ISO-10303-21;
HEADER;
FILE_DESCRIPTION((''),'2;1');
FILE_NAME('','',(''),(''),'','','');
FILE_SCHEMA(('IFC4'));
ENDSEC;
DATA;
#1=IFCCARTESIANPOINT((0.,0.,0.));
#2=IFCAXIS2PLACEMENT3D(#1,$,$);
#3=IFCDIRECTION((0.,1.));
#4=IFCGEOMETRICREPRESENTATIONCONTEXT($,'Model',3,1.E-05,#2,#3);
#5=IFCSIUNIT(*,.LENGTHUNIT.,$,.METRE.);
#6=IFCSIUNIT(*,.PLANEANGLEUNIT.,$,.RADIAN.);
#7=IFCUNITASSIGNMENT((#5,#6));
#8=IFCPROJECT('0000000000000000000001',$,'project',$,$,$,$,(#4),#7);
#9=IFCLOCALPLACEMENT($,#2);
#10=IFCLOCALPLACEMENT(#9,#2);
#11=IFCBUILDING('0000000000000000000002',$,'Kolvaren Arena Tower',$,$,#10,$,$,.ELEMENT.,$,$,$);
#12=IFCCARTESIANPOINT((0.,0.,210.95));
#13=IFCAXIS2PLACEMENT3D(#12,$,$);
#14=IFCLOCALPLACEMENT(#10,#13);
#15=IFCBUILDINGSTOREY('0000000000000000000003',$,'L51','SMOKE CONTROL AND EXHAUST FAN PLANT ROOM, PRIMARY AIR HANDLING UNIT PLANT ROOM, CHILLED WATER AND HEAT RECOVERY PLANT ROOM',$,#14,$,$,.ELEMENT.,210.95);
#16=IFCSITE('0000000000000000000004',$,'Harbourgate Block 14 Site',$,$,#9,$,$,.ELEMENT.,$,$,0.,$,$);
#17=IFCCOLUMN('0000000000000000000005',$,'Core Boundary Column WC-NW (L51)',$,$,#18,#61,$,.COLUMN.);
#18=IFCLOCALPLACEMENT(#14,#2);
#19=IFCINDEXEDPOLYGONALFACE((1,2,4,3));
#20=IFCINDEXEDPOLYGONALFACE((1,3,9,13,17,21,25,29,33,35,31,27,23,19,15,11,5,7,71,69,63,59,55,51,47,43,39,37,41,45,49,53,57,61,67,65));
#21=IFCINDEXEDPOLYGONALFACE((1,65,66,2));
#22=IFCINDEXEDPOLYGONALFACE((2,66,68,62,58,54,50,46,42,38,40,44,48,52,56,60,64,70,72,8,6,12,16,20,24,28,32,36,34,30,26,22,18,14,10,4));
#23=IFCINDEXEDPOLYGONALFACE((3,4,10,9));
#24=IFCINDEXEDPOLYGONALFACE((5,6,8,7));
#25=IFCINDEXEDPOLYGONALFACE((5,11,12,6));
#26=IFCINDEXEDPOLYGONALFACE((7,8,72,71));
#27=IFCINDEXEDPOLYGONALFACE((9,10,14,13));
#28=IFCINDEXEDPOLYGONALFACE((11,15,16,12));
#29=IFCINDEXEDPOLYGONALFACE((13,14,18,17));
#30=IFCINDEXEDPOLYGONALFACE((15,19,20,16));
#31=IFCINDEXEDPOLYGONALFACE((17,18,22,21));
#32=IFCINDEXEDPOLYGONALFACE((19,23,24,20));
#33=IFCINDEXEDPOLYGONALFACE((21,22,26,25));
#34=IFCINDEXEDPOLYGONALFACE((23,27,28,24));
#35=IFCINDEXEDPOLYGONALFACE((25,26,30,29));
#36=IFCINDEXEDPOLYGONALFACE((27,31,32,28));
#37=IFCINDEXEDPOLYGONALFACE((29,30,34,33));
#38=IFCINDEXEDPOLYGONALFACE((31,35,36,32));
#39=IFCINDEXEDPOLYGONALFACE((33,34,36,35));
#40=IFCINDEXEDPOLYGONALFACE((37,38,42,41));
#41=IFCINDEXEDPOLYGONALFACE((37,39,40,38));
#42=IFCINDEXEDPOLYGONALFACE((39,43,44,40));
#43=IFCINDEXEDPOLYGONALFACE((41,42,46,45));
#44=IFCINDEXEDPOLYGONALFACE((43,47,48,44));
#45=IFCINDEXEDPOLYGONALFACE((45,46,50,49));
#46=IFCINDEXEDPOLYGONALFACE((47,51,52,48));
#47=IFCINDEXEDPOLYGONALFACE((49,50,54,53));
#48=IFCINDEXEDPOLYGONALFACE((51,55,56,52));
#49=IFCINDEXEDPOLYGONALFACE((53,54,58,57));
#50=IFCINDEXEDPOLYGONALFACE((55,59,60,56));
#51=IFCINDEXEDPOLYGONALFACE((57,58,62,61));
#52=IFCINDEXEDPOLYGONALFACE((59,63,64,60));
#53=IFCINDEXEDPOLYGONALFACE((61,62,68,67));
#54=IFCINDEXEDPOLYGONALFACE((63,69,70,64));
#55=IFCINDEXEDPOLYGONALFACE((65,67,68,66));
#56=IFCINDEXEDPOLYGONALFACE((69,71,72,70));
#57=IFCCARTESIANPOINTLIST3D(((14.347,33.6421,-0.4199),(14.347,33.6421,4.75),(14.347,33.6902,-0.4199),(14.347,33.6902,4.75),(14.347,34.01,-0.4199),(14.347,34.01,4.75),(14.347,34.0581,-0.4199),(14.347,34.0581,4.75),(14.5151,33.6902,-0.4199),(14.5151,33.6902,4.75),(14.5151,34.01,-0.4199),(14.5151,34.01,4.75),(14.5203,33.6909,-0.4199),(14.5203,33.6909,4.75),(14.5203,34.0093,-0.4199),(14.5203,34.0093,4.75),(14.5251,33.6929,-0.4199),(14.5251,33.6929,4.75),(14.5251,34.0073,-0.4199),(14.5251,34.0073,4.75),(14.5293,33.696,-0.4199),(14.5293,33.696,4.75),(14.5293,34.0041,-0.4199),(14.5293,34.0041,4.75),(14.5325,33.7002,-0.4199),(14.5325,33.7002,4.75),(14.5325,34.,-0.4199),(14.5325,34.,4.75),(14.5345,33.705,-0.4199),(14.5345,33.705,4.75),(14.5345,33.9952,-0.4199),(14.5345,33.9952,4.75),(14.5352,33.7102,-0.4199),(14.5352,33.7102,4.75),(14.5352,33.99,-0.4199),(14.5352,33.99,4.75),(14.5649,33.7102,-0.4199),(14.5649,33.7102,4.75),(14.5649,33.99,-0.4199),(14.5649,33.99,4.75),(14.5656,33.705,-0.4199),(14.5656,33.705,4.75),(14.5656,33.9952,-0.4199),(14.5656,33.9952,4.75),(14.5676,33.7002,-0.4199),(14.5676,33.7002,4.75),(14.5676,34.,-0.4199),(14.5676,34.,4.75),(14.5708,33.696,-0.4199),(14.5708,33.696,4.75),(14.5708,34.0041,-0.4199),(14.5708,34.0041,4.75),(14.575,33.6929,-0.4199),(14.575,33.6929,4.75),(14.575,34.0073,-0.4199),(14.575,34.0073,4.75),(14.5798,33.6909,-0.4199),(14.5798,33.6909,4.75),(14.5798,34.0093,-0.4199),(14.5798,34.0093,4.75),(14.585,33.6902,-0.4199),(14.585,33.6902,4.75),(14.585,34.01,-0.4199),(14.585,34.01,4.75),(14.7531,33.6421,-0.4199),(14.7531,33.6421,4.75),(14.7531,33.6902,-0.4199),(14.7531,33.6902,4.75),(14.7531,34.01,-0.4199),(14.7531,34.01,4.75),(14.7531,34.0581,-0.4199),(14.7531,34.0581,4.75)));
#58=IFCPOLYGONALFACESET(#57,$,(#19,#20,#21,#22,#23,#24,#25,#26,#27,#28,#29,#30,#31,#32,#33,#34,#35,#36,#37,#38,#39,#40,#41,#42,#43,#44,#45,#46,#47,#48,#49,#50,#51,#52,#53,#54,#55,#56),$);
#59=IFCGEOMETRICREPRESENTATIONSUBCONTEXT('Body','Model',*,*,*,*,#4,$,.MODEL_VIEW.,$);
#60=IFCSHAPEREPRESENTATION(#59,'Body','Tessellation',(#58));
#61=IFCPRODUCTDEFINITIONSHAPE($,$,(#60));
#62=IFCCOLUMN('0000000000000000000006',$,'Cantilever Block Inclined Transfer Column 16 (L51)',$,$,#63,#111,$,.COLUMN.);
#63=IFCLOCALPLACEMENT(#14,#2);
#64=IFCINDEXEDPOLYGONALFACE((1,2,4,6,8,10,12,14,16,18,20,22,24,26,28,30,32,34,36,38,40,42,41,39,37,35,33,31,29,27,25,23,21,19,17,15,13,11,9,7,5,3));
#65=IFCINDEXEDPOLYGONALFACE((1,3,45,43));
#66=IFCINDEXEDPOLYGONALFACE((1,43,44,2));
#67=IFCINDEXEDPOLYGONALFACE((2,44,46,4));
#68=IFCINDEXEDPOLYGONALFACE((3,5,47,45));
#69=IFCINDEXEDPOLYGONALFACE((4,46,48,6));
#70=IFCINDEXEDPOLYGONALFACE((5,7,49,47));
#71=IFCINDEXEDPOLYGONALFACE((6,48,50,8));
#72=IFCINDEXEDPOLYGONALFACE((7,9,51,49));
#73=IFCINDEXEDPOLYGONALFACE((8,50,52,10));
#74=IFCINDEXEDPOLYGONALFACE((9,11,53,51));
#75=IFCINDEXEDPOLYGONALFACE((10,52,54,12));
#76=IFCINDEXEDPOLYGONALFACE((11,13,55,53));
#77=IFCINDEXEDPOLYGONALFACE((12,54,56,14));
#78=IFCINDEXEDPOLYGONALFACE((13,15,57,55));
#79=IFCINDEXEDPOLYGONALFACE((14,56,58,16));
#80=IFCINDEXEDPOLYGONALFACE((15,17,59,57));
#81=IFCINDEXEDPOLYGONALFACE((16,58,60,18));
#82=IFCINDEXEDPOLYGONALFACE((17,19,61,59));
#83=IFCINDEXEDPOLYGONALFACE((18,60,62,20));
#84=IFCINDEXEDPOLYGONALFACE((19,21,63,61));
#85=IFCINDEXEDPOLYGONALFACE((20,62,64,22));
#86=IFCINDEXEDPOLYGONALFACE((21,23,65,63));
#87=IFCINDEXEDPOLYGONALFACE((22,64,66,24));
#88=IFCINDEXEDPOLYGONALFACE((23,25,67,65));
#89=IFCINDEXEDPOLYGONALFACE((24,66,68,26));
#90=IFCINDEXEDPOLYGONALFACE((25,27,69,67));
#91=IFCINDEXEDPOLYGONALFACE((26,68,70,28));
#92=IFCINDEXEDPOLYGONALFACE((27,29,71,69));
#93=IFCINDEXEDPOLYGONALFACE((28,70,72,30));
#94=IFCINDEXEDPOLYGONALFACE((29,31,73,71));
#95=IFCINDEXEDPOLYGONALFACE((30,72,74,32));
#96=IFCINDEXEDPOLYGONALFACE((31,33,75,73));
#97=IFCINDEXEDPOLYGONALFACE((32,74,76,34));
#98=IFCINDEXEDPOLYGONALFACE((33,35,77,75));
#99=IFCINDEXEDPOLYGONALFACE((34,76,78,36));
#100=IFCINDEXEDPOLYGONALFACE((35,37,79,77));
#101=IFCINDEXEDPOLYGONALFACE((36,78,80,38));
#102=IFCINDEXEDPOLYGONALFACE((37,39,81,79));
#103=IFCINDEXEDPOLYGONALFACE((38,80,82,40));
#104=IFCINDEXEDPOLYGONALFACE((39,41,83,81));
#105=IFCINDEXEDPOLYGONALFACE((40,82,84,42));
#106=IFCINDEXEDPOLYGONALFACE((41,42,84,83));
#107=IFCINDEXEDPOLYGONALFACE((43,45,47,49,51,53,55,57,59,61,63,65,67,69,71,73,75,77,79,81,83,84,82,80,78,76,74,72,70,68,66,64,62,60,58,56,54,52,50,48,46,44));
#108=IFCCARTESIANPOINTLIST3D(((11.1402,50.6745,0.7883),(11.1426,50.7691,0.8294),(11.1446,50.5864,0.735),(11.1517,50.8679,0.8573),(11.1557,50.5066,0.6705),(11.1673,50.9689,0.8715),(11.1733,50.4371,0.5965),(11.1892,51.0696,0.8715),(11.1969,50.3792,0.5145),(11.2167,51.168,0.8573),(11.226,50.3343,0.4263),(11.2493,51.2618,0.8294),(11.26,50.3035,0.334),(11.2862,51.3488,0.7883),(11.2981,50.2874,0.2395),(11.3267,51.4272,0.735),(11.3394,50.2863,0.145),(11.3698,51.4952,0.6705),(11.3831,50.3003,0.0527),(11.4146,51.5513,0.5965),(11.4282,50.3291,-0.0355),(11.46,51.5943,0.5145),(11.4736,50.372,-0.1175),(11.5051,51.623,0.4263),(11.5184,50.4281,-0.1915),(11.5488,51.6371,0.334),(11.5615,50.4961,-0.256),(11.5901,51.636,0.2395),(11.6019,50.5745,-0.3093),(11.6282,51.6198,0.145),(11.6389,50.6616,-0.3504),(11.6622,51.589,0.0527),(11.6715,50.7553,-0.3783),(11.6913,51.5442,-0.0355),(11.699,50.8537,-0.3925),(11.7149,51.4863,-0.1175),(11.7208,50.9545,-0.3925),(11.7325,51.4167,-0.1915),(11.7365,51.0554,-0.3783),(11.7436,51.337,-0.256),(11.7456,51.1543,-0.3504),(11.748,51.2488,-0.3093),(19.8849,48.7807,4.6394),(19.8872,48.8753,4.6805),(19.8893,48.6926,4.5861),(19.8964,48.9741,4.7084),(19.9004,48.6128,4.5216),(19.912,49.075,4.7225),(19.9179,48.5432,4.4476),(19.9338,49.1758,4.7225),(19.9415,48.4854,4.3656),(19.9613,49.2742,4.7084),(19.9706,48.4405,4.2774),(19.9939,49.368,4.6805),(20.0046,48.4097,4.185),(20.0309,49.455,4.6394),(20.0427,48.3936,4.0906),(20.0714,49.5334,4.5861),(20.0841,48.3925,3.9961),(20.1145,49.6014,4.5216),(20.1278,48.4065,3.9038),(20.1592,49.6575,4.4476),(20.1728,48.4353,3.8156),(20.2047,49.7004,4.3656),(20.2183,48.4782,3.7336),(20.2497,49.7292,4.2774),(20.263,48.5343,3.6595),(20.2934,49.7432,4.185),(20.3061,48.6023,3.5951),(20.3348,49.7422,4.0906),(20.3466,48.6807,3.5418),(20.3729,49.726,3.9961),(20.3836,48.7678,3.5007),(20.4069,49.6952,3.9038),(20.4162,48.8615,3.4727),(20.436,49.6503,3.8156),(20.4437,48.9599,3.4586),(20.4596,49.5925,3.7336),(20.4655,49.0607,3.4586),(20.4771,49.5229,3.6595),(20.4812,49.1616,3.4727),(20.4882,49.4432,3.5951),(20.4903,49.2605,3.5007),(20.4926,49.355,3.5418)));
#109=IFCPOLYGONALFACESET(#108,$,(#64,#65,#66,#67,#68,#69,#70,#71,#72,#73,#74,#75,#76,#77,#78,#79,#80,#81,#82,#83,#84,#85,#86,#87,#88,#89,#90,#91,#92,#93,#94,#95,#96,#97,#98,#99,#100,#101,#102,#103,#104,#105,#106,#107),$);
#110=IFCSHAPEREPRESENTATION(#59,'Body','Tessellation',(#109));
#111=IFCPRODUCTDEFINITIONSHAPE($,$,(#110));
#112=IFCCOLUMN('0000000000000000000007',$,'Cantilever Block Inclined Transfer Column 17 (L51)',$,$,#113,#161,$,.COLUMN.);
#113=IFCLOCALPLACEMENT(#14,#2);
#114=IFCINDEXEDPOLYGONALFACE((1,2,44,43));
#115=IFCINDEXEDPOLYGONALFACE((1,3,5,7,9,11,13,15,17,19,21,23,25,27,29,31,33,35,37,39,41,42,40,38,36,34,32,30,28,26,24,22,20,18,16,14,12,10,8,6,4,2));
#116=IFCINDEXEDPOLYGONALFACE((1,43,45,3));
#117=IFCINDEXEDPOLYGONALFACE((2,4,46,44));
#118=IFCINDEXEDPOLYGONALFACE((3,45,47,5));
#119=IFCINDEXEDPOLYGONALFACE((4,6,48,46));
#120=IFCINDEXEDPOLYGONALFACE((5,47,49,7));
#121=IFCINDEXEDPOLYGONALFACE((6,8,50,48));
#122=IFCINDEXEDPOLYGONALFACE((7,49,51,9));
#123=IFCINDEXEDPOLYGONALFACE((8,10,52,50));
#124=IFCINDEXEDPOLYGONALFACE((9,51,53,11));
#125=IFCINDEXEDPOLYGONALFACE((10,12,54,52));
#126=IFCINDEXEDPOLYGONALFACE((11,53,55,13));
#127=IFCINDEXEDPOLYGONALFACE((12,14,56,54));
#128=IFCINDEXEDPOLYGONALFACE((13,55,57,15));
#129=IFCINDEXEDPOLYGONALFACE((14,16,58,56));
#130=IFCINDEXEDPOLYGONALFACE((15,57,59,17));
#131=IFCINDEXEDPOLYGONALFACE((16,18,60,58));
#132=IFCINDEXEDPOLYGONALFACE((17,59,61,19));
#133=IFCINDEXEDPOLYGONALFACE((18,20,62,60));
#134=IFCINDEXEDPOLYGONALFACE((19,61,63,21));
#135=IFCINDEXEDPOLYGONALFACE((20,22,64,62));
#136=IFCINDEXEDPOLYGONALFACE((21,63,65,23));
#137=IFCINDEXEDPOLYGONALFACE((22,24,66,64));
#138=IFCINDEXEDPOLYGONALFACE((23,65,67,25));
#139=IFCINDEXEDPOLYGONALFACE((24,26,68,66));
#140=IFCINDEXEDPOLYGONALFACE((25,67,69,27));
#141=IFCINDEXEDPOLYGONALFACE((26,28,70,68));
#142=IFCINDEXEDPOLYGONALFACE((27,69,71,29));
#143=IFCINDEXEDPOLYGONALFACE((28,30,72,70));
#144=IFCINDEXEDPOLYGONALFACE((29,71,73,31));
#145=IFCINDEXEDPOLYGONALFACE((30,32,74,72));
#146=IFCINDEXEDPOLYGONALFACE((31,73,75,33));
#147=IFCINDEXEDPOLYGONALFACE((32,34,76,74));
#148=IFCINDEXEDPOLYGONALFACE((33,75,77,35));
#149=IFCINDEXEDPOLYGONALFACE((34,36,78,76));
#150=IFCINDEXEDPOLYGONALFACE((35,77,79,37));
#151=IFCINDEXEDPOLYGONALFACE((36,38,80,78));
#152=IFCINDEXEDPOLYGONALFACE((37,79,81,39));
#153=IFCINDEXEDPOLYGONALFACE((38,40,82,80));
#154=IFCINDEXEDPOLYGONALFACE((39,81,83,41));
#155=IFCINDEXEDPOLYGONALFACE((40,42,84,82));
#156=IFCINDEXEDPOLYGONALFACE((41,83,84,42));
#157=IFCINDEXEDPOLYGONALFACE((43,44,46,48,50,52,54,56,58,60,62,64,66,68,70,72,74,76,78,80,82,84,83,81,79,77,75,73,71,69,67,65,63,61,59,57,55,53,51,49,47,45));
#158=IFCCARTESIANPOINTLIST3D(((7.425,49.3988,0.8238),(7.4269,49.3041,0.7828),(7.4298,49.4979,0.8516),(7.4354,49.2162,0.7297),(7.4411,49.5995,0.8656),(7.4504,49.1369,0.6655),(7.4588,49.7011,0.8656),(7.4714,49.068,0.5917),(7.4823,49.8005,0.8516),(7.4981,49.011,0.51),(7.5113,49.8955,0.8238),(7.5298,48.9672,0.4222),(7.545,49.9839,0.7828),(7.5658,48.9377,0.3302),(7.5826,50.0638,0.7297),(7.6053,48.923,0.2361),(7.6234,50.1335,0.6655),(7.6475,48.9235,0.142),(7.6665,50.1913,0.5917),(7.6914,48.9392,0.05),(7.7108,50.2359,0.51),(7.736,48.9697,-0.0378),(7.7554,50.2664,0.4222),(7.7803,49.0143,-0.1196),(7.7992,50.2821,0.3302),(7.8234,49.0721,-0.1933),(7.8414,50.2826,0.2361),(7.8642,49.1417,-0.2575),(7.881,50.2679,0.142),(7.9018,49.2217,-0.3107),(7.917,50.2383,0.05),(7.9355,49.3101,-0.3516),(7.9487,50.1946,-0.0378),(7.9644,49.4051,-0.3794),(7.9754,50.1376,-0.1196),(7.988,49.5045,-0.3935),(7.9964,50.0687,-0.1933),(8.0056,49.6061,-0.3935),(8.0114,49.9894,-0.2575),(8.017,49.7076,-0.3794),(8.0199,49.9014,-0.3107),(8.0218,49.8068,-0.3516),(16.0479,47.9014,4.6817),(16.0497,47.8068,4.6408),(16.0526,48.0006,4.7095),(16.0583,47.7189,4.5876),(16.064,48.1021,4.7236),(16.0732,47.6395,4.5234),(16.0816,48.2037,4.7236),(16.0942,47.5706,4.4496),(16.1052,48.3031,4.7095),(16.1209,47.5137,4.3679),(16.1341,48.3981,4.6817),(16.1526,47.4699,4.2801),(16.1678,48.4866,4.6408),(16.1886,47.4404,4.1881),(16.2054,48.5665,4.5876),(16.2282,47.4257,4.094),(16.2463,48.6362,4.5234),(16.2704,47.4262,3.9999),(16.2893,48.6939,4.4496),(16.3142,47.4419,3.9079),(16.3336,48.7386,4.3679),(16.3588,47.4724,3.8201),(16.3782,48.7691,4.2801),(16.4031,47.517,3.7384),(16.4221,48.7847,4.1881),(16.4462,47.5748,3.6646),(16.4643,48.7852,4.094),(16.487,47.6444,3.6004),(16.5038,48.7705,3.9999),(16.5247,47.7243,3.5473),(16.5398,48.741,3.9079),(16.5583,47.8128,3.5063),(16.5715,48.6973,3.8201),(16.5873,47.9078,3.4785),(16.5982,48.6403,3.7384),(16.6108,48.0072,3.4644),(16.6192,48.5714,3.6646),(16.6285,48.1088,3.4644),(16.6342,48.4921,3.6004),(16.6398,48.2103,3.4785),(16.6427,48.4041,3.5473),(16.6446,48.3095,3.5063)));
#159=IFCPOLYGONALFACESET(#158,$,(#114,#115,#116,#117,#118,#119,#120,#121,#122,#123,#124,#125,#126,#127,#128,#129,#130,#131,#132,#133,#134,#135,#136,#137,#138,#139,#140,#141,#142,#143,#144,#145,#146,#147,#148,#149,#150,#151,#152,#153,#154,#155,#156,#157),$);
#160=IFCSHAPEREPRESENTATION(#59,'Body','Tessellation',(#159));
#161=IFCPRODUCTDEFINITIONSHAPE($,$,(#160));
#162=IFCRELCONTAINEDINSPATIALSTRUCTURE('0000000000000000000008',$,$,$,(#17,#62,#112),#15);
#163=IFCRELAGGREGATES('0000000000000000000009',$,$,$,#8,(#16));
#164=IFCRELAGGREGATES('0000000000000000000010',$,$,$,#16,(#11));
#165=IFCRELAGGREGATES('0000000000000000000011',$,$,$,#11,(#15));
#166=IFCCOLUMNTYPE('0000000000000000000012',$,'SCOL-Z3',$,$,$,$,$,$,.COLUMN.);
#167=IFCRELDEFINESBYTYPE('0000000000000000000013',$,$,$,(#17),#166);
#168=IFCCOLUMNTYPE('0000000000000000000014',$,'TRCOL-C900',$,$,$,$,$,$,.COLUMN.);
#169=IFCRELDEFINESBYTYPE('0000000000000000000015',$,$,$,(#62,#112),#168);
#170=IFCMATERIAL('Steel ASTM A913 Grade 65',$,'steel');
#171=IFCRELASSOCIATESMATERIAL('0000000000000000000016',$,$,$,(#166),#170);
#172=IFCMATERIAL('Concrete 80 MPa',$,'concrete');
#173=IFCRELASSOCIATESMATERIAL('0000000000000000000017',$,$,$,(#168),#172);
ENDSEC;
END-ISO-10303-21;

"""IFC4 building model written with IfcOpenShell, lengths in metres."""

from ifc_helpers import new_model, si_unit, direction, frame, origin, origin_2d, place, context, subcontext, project, spatial, circle, i_section, extrude, material, material_profile, profile_set, type_object, element, save


model = new_model("IFC4")

# Units and contexts
model_context = context("Model", 3, precision=1e-05, world=origin(), true_north=direction((0.0, 1.0)))
body_context = subcontext(model_context, "Body", "Model", "MODEL_VIEW")
ifc_project = project(units=[si_unit("LENGTHUNIT", "METRE"), si_unit("PLANEANGLEUNIT", "RADIAN")], contexts=[model_context])

# Site, building, storey
site_placement = place(None, origin())
site = spatial("IfcSite", under=ifc_project, at=site_placement, Name="Harbourgate Block 14 Site", CompositionType="ELEMENT", RefElevation=0.0)
building_placement = place(site_placement, origin())
building = spatial("IfcBuilding", under=site, at=building_placement, Name="Kolvaren Arena Tower", CompositionType="ELEMENT")
storey_placement = place(building_placement, frame((0.0, 0.0, 210.95)))
storey = spatial("IfcBuildingStorey", under=building, at=storey_placement, Name="L51", Description="SMOKE CONTROL AND EXHAUST FAN PLANT ROOM, PRIMARY AIR HANDLING UNIT PLANT ROOM, CHILLED WATER AND HEAT RECOVERY PLANT ROOM", CompositionType="ELEMENT", Elevation=210.95)

# Columns
ifc_material_1 = material(Name="Steel ASTM A913 Grade 65", Category="steel")
ifc_material_profile_1 = material_profile(ifc_material_1, i_section(OverallWidth=0.406, OverallDepth=0.416, WebThickness=0.0298, FlangeThickness=0.0481, FilletRadius=0.02, at=origin_2d()), Name="W360x382")
ifc_profile_set_1 = profile_set([ifc_material_profile_1], Name="Steel ASTM A913 Grade 65")
column_type_1 = type_object("IfcColumnType", Name="SCOL-Z3", PredefinedType="COLUMN", material=ifc_profile_set_1)
column_1_placement = place(storey_placement, frame((14.55, 33.8501, -0.4199), z_axis=(0.0, 0.0, 1.0), x_axis=(1.0, 0.0, 0.0)))
element("IfcColumn", 1, at=column_1_placement, inside=storey, type_object=column_type_1, Name="Core Boundary Column WC-NW (L51)", PredefinedType="COLUMN", context=body_context, shape_type="SweptSolid", body=[
    extrude(i_section(OverallWidth=0.406, OverallDepth=0.416, WebThickness=0.0298, FlangeThickness=0.0481, FilletRadius=0.02, at=origin_2d()), origin(), (0.0, 0.0, 1.0), 5.1699),
])
ifc_material_2 = material(Name="Concrete 80 MPa", Category="concrete")
ifc_material_profile_2 = material_profile(ifc_material_2, circle(Radius=0.6899, at=origin_2d()), Name="RC-CIRC-1380")
ifc_profile_set_2 = profile_set([ifc_material_profile_2], Name="Concrete 80 MPa")
column_type_2 = type_object("IfcColumnType", Name="TRCOL-C900", PredefinedType="COLUMN", material=ifc_profile_set_2)
column_2_placement = place(storey_placement, frame((11.4441, 50.9617, 0.2395), z_axis=(0.89772, -0.194417, 0.39535), x_axis=(0.21166, 0.977343, 0.0)))
element("IfcColumn", 2, at=column_2_placement, inside=storey, type_object=column_type_2, Name="Cantilever Block Inclined Transfer Column 16 (L51)", PredefinedType="COLUMN", context=body_context, shape_type="SweptSolid", body=[
    extrude(circle(Radius=0.6899, at=origin_2d()), origin(), (0.0, 0.0, 1.0), 9.741),
])
column_3_placement = place(storey_placement, frame((7.7234, 49.6028, 0.2361), z_axis=(0.90155, -0.15655, 0.403361), x_axis=(0.171086, 0.985256, 0.0)))
element("IfcColumn", 3, at=column_3_placement, inside=storey, type_object=column_type_2, Name="Cantilever Block Inclined Transfer Column 17 (L51)", PredefinedType="COLUMN", context=body_context, shape_type="SweptSolid", body=[
    extrude(circle(Radius=0.6899, at=origin_2d()), origin(), (0.0, 0.0, 1.0), 9.5645),
])

save(model, "model.ifc")
